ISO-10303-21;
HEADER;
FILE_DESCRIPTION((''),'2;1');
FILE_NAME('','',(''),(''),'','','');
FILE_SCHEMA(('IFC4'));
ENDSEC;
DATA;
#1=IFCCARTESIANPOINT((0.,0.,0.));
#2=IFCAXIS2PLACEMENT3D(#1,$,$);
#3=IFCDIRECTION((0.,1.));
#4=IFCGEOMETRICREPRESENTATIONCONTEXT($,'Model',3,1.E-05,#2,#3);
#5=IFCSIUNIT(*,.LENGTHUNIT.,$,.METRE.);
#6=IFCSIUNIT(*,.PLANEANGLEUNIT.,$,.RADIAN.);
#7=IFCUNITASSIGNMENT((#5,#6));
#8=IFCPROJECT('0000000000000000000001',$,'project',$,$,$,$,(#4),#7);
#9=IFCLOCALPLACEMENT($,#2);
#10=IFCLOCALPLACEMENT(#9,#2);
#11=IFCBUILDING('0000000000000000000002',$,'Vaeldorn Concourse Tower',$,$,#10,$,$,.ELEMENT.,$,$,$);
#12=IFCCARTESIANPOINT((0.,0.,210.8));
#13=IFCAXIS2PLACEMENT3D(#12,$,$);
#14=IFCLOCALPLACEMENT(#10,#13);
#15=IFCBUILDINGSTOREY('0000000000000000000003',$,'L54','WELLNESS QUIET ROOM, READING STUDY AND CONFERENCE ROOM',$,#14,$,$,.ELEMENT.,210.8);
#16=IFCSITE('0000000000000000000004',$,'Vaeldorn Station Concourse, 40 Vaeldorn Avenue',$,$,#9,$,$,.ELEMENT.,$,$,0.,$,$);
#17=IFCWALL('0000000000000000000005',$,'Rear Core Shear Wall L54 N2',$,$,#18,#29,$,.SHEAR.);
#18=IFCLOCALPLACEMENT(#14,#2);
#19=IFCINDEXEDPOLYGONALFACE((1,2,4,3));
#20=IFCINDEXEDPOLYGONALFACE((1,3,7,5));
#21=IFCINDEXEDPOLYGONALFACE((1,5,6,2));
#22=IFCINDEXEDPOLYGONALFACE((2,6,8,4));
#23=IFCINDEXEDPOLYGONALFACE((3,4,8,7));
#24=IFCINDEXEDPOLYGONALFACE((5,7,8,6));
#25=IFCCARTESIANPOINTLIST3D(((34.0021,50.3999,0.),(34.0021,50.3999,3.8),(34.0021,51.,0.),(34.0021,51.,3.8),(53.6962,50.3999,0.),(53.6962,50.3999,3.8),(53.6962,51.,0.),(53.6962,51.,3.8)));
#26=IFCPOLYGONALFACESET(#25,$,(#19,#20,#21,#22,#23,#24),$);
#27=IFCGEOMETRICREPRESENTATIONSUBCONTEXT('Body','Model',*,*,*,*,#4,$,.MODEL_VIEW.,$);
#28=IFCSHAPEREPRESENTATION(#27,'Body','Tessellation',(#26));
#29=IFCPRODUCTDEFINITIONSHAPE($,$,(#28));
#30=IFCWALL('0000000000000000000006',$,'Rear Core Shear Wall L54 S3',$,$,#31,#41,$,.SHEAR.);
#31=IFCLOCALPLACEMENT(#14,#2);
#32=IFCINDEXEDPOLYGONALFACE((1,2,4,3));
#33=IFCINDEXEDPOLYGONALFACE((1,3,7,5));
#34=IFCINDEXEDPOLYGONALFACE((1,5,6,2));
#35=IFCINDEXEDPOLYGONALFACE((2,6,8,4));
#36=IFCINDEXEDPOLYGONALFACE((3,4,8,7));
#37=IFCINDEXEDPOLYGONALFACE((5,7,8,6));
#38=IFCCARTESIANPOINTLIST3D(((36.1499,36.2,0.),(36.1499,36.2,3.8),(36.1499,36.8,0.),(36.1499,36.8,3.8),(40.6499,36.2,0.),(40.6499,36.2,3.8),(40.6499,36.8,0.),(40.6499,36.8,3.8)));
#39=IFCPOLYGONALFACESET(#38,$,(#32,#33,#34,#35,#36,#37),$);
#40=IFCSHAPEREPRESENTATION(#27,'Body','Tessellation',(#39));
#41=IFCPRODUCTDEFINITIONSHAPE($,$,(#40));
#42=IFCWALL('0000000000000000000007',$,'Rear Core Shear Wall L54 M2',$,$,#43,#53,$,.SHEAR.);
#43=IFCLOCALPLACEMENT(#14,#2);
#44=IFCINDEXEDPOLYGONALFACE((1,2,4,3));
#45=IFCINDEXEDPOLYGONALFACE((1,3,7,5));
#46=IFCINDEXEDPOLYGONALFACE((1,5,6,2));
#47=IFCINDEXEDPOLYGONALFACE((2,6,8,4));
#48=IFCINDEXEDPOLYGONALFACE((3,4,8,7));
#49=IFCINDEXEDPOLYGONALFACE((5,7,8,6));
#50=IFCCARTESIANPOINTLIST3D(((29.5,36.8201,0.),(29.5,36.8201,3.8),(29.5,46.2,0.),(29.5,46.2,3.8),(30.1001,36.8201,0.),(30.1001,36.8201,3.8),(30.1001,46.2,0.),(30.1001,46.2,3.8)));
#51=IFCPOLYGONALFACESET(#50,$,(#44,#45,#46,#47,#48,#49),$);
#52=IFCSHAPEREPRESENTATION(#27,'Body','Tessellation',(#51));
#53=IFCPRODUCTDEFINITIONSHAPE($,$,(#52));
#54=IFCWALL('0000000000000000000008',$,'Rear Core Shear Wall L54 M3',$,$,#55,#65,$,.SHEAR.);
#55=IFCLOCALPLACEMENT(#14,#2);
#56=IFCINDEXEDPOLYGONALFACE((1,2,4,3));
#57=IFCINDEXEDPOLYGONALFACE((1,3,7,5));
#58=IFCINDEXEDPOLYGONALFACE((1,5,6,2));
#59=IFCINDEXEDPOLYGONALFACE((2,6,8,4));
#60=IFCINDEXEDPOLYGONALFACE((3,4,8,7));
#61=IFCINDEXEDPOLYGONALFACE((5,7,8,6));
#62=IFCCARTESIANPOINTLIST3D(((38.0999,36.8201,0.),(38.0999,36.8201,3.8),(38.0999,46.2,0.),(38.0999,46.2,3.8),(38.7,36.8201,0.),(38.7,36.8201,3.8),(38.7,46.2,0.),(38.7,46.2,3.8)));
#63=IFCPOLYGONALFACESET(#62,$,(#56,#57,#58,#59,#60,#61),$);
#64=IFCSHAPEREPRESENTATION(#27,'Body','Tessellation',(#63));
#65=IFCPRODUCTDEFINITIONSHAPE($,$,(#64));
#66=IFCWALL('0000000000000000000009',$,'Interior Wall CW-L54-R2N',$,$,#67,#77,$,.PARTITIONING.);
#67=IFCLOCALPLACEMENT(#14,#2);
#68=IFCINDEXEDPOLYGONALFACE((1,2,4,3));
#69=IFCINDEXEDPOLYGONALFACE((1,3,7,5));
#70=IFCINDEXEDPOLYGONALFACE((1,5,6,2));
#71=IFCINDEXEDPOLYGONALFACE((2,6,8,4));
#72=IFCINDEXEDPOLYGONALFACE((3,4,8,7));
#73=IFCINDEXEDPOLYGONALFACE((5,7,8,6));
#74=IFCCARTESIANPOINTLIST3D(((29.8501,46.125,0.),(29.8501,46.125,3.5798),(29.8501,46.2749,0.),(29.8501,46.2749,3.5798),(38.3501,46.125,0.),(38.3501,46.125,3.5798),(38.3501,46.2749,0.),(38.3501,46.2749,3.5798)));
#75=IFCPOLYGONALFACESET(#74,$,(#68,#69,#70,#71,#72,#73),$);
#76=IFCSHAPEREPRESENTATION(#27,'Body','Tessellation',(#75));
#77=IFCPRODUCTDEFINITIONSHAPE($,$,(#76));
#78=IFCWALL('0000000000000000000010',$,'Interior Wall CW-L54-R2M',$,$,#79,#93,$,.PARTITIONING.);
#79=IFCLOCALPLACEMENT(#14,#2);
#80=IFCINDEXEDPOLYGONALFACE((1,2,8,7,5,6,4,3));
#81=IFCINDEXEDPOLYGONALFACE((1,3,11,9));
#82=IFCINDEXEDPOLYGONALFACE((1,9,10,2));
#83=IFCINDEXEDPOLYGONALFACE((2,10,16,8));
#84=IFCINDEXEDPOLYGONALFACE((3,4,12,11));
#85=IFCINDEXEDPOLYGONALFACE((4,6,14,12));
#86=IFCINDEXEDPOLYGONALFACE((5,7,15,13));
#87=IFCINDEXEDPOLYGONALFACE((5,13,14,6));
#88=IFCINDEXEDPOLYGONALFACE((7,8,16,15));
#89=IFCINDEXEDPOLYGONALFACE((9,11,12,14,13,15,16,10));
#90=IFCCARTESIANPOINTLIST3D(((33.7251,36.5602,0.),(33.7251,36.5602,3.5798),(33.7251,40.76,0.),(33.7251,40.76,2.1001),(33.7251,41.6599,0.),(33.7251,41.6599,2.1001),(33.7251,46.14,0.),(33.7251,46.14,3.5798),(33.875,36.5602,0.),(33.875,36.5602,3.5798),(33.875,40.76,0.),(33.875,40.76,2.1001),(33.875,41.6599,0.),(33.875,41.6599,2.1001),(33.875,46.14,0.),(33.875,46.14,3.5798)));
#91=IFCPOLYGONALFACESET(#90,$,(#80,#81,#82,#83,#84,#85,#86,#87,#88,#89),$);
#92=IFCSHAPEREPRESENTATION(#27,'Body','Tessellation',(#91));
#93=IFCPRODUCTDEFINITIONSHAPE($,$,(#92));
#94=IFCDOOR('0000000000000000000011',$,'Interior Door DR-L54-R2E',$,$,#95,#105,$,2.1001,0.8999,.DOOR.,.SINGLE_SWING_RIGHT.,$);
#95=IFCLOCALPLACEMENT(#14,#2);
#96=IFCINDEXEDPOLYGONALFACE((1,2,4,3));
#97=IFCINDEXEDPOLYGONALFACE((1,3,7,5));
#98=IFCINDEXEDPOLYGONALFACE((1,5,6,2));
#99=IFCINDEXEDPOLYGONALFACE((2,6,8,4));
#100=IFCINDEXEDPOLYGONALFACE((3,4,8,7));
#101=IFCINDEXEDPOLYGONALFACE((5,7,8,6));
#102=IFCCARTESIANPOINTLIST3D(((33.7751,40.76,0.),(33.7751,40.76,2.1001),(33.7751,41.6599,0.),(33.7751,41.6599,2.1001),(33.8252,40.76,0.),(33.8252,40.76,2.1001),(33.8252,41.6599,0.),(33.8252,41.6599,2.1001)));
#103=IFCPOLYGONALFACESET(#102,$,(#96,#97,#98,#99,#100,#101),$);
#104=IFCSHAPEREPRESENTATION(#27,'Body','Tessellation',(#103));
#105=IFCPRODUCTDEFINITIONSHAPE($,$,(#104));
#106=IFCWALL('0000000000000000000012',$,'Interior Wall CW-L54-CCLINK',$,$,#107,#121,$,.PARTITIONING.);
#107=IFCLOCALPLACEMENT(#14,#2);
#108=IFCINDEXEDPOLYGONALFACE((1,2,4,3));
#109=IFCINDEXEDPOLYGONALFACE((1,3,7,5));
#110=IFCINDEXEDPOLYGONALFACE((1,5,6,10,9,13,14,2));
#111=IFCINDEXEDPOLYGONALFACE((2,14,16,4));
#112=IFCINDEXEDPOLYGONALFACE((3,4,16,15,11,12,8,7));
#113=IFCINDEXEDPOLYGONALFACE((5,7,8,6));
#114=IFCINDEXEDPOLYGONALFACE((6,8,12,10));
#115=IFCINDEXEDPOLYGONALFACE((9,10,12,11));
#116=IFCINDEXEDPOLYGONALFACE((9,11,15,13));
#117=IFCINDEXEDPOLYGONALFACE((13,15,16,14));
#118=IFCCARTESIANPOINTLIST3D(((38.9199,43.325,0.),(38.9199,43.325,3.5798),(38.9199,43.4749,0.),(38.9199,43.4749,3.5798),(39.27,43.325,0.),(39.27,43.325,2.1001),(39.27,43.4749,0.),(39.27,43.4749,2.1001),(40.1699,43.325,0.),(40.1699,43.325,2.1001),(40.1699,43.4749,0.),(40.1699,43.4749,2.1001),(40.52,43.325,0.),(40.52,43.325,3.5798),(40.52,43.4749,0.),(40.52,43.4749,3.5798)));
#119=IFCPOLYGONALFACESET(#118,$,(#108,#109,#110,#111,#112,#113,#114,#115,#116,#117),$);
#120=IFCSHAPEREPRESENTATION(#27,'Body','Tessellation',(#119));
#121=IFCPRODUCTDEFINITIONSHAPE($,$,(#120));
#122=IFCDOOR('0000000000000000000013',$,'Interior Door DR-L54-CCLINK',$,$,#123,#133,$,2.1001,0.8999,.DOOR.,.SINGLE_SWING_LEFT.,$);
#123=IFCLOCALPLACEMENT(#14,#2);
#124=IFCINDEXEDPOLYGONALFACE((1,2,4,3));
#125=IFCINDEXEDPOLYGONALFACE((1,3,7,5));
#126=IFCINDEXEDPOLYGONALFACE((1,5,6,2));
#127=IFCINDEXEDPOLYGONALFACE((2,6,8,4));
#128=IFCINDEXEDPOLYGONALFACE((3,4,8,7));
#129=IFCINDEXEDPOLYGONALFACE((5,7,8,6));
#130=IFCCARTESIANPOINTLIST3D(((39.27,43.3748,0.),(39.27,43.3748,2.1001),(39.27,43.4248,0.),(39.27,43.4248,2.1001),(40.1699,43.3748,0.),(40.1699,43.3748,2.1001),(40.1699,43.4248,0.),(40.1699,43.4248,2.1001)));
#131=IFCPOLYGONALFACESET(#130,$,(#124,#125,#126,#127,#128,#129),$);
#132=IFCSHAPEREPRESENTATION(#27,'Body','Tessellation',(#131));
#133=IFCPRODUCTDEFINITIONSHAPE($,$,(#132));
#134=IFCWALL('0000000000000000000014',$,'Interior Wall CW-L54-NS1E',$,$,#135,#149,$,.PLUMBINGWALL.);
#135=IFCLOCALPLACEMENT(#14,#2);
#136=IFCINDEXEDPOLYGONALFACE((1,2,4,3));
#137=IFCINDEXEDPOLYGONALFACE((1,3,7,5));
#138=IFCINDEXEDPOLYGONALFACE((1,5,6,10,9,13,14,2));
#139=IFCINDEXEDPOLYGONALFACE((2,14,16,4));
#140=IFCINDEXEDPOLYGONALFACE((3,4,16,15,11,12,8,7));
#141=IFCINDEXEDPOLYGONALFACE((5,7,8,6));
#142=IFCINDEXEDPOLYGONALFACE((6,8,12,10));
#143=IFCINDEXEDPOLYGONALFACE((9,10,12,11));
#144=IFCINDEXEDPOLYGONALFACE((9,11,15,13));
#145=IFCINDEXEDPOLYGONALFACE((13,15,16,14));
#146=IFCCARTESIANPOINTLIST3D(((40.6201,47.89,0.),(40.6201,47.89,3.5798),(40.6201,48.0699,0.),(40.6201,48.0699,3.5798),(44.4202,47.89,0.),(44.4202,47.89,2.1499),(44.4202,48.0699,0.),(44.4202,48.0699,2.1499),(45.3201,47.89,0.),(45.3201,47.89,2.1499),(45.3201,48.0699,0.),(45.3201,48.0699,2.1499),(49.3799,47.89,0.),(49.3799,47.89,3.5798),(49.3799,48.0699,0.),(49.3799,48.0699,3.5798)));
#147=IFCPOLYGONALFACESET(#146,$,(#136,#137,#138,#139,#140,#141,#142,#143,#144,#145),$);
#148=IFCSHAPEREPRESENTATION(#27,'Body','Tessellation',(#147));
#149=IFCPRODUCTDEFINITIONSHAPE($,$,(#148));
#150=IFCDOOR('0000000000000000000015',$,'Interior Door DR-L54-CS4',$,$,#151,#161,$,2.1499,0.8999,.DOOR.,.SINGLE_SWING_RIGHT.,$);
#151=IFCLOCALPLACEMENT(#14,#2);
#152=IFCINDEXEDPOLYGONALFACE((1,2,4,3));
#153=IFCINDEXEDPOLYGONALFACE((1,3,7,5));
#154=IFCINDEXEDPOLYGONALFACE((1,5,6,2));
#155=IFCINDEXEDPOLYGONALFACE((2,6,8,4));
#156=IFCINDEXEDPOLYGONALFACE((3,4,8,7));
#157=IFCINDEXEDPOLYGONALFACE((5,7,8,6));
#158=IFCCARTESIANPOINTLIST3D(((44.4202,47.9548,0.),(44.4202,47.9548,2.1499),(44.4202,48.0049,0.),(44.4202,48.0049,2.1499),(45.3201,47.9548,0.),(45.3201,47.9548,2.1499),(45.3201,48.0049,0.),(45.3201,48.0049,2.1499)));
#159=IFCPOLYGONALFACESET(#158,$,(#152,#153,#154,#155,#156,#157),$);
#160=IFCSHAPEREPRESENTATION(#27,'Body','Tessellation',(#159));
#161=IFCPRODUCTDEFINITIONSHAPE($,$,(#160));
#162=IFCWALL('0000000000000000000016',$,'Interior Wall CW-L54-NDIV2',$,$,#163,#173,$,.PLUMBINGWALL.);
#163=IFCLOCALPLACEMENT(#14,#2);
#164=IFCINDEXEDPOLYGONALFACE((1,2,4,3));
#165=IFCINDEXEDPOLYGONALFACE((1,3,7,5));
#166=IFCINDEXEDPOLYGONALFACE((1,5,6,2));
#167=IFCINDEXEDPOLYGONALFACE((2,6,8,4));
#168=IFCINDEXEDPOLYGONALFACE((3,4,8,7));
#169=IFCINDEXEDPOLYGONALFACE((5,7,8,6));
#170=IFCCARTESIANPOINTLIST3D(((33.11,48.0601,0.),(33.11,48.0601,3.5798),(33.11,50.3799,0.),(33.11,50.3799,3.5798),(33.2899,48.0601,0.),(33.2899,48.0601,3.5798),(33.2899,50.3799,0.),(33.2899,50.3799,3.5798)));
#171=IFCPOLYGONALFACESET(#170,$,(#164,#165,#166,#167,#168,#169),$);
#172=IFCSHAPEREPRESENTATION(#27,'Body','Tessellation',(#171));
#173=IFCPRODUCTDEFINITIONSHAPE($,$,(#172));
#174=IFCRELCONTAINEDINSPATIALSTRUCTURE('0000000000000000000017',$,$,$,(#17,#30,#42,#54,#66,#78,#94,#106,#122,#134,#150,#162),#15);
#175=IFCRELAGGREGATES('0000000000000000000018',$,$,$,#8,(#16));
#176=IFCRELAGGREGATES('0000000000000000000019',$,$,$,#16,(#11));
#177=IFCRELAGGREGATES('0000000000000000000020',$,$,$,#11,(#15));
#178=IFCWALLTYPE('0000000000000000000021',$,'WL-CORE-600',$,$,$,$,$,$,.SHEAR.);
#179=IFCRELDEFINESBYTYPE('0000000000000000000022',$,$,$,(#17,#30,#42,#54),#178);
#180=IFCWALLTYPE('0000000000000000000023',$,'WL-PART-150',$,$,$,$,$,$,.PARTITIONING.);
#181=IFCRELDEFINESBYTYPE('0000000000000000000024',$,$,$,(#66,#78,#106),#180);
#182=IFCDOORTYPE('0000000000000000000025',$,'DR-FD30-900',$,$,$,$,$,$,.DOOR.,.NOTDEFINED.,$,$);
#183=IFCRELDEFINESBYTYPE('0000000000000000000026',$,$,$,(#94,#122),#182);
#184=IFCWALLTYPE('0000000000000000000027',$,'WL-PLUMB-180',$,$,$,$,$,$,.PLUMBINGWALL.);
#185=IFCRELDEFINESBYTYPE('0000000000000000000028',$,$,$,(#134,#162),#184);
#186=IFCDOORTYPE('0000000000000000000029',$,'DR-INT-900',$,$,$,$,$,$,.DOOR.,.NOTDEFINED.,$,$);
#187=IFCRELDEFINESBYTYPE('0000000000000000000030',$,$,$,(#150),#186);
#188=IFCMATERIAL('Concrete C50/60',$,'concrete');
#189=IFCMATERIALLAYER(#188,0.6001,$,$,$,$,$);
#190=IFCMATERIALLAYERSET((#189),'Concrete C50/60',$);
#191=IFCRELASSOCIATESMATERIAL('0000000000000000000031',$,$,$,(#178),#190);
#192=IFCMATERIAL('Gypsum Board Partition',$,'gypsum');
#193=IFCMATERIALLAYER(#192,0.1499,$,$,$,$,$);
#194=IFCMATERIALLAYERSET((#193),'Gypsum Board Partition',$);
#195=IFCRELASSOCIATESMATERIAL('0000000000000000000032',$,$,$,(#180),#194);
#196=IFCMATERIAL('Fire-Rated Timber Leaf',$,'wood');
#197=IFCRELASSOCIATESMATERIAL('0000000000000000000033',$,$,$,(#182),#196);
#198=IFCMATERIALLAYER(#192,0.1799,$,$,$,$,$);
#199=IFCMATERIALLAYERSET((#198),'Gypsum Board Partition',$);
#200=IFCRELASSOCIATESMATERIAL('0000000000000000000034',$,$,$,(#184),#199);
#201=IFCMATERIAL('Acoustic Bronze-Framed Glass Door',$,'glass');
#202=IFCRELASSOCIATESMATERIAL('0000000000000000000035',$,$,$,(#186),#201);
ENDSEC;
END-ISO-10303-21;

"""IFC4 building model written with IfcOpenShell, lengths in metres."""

from ifc_helpers import new_model, si_unit, direction, frame, frame_2d, origin, place, context, subcontext, project, spatial, rectangle, extrude, source, transform, mapped, material, layer, layer_set, type_object, element, fill, save


model = new_model("IFC4")

# Units and contexts
model_context = context("Model", 3, precision=1e-05, world=origin(), true_north=direction((0.0, 1.0)))
body_context = subcontext(model_context, "Body", "Model", "MODEL_VIEW")
ifc_project = project(units=[si_unit("LENGTHUNIT", "METRE"), si_unit("PLANEANGLEUNIT", "RADIAN")], contexts=[model_context])

# Site, building, storey
site_placement = place(None, origin())
site = spatial("IfcSite", under=ifc_project, at=site_placement, Name="Vaeldorn Station Concourse, 40 Vaeldorn Avenue", CompositionType="ELEMENT", RefElevation=0.0)
building_placement = place(site_placement, origin())
building = spatial("IfcBuilding", under=site, at=building_placement, Name="Vaeldorn Concourse Tower", CompositionType="ELEMENT")
storey_placement = place(building_placement, frame((0.0, 0.0, 210.8)))
storey = spatial("IfcBuildingStorey", under=building, at=storey_placement, Name="L54", Description="WELLNESS QUIET ROOM, READING STUDY AND CONFERENCE ROOM", CompositionType="ELEMENT", Elevation=210.8)

# Walls
ifc_material_1 = material(Name="Concrete C50/60", Category="concrete")
ifc_layer_1 = layer(ifc_material_1, 0.6001)
ifc_layer_set_1 = layer_set([ifc_layer_1], Name="Concrete C50/60")
wall_type_1 = type_object("IfcWallType", Name="WL-CORE-600", PredefinedType="SHEAR", material=ifc_layer_set_1)
wall_1_placement = place(storey_placement, frame((34.002, 50.7, 0.0), z_axis=(0.0, 0.0, 1.0), x_axis=(1.0, 0.0, 0.0)))
element("IfcWall", 1, at=wall_1_placement, inside=storey, type_object=wall_type_1, Name="Rear Core Shear Wall L54 N2", PredefinedType="SHEAR", context=body_context, shape_type="SweptSolid", body=[
    extrude(rectangle(XDim=19.6941, YDim=0.6001, at=frame_2d((9.8472, 0.0))), origin(), (0.0, 0.0, 1.0), 3.8),
])
wall_2_placement = place(storey_placement, frame((36.1499, 36.5, 0.0), z_axis=(0.0, 0.0, 1.0), x_axis=(1.0, 0.0, 0.0)))
element("IfcWall", 2, at=wall_2_placement, inside=storey, type_object=wall_type_1, Name="Rear Core Shear Wall L54 S3", PredefinedType="SHEAR", context=body_context, shape_type="SweptSolid", body=[
    extrude(rectangle(XDim=4.5, YDim=0.6001, at=frame_2d((2.25, 0.0))), origin(), (0.0, 0.0, 1.0), 3.8),
])
for number, where, z_axis, x_axis, name in (
    (3, (29.8, 36.8201, 0.0), (0.0, 0.0, 1.0), (0.0, 1.0, 0.0), "Rear Core Shear Wall L54 M2"),
    (4, (38.3999, 36.8201, 0.0), (0.0, 0.0, 1.0), (0.0, 1.0, 0.0), "Rear Core Shear Wall L54 M3"),
):
    element("IfcWall", number, at=place(storey_placement, frame(where, z_axis=z_axis, x_axis=x_axis)), inside=storey, type_object=wall_type_1, Name=name, PredefinedType="SHEAR", context=body_context, shape_type="SweptSolid", body=[
        extrude(rectangle(XDim=9.3799, YDim=0.6001, at=frame_2d((4.6899, 0.0))), origin(), (0.0, 0.0, 1.0), 3.8),
    ])
ifc_material_2 = material(Name="Gypsum Board Partition", Category="gypsum")
ifc_layer_2 = layer(ifc_material_2, 0.1499)
ifc_layer_set_2 = layer_set([ifc_layer_2], Name="Gypsum Board Partition")
wall_type_2 = type_object("IfcWallType", Name="WL-PART-150", PredefinedType="PARTITIONING", material=ifc_layer_set_2)
wall_3_placement = place(storey_placement, frame((29.8501, 46.2, 0.0), z_axis=(0.0, 0.0, 1.0), x_axis=(1.0, 0.0, 0.0)))
element("IfcWall", 5, at=wall_3_placement, inside=storey, type_object=wall_type_2, Name="Interior Wall CW-L54-R2N", PredefinedType="PARTITIONING", context=body_context, shape_type="SweptSolid", body=[
    extrude(rectangle(XDim=8.5, YDim=0.1499, at=frame_2d((4.25, 0.0))), origin(), (0.0, 0.0, 1.0), 3.5798),
])

# Walls, openings, doors
wall_4_placement = place(storey_placement, frame((33.8, 36.5601, 0.0), z_axis=(0.0, 0.0, 1.0), x_axis=(0.0, 1.0, 0.0)))
wall_4 = element("IfcWall", 6, at=wall_4_placement, inside=storey, type_object=wall_type_2, Name="Interior Wall CW-L54-R2M", PredefinedType="PARTITIONING", context=body_context, shape_type="SweptSolid", body=[
    extrude(rectangle(XDim=9.5798, YDim=0.1499, at=frame_2d((4.79, 0.0))), origin(), (0.0, 0.0, 1.0), 3.5798),
])
opening_1_placement = place(wall_4_placement, frame((4.2, 0.0, 0.0)))
opening_1 = element("IfcOpeningElement", 7, at=opening_1_placement, cuts=wall_4, PredefinedType="OPENING", context=body_context, shape_type="SweptSolid", body=[
    extrude(rectangle(XDim=0.8999, YDim=2.1001, at=frame_2d((0.45, 1.05))), frame((0.0, 0.085, 0.0), z_axis=(0.0, -1.0, 0.0), x_axis=(1.0, 0.0, 0.0)), (0.0, 0.0, 1.0), 0.1699),
])
ifc_material_3 = material(Name="Fire-Rated Timber Leaf", Category="wood")
door_type_1 = type_object("IfcDoorType", Name="DR-FD30-900", OperationType="NOTDEFINED", PredefinedType="DOOR", material=ifc_material_3)
shared_shape_1 = source(origin(), body_context, "Body", "SweptSolid", [
    extrude(rectangle(XDim=0.8999, YDim=2.1001, at=frame_2d((0.45, 1.05))), frame((0.0, 0.0249, 0.0), z_axis=(0.0, -1.0, 0.0), x_axis=(1.0, 0.0, 0.0)), (0.0, 0.0, 1.0), 0.05),
])
door_1_placement = place(opening_1_placement, origin())
door_1 = element("IfcDoor", 8, at=door_1_placement, inside=storey, type_object=door_type_1, Name="Interior Door DR-L54-R2E", OperationType="SINGLE_SWING_RIGHT", OverallHeight=2.1001, OverallWidth=0.8999, PredefinedType="DOOR", context=body_context, shape_type="MappedRepresentation", body=[
    mapped(shared_shape_1, transform((0.0, 0.0, 0.0), scale=1.0)),
])
fill(opening_1, door_1)
wall_5_placement = place(storey_placement, frame((38.9199, 43.3999, 0.0), z_axis=(0.0, 0.0, 1.0), x_axis=(1.0, 0.0, 0.0)))
wall_5 = element("IfcWall", 9, at=wall_5_placement, inside=storey, type_object=wall_type_2, Name="Interior Wall CW-L54-CCLINK", PredefinedType="PARTITIONING", context=body_context, shape_type="SweptSolid", body=[
    extrude(rectangle(XDim=1.6001, YDim=0.1499, at=frame_2d((0.8, 0.0))), origin(), (0.0, 0.0, 1.0), 3.5798),
])
opening_2_placement = place(wall_5_placement, frame((0.3501, 0.0, 0.0)))
opening_2 = element("IfcOpeningElement", 10, at=opening_2_placement, cuts=wall_5, PredefinedType="OPENING", context=body_context, shape_type="SweptSolid", body=[
    extrude(rectangle(XDim=0.8999, YDim=2.1001, at=frame_2d((0.45, 1.05))), frame((0.0, 0.085, 0.0), z_axis=(0.0, -1.0, 0.0), x_axis=(1.0, 0.0, 0.0)), (0.0, 0.0, 1.0), 0.1699),
])
door_2_placement = place(opening_2_placement, origin())
door_2 = element("IfcDoor", 11, at=door_2_placement, inside=storey, type_object=door_type_1, Name="Interior Door DR-L54-CCLINK", OperationType="SINGLE_SWING_LEFT", OverallHeight=2.1001, OverallWidth=0.8999, PredefinedType="DOOR", context=body_context, shape_type="MappedRepresentation", body=[
    mapped(shared_shape_1, transform((0.0, 0.0, 0.0), scale=1.0)),
])
fill(opening_2, door_2)
ifc_layer_3 = layer(ifc_material_2, 0.1799)
ifc_layer_set_3 = layer_set([ifc_layer_3], Name="Gypsum Board Partition")
wall_type_3 = type_object("IfcWallType", Name="WL-PLUMB-180", PredefinedType="PLUMBINGWALL", material=ifc_layer_set_3)
wall_6_placement = place(storey_placement, frame((40.6201, 47.98, 0.0), z_axis=(0.0, 0.0, 1.0), x_axis=(1.0, 0.0, 0.0)))
wall_6 = element("IfcWall", 12, at=wall_6_placement, inside=storey, type_object=wall_type_3, Name="Interior Wall CW-L54-NS1E", PredefinedType="PLUMBINGWALL", context=body_context, shape_type="SweptSolid", body=[
    extrude(rectangle(XDim=8.7598, YDim=0.1799, at=frame_2d((4.3799, 0.0))), origin(), (0.0, 0.0, 1.0), 3.5798),
])
opening_3_placement = place(wall_6_placement, frame((3.8, 0.0, 0.0)))
opening_3 = element("IfcOpeningElement", 13, at=opening_3_placement, cuts=wall_6, PredefinedType="OPENING", context=body_context, shape_type="SweptSolid", body=[
    extrude(rectangle(XDim=0.8999, YDim=2.1499, at=frame_2d((0.45, 1.075))), frame((0.0, 0.1001, 0.0), z_axis=(0.0, -1.0, 0.0), x_axis=(1.0, 0.0, 0.0)), (0.0, 0.0, 1.0), 0.2),
])
ifc_material_4 = material(Name="Acoustic Bronze-Framed Glass Door", Category="glass")
door_type_2 = type_object("IfcDoorType", Name="DR-INT-900", OperationType="NOTDEFINED", PredefinedType="DOOR", material=ifc_material_4)
shared_shape_2 = source(origin(), body_context, "Body", "SweptSolid", [
    extrude(rectangle(XDim=0.8999, YDim=2.1499, at=frame_2d((0.45, 1.075))), frame((0.0, 0.0249, 0.0), z_axis=(0.0, -1.0, 0.0), x_axis=(1.0, 0.0, 0.0)), (0.0, 0.0, 1.0), 0.05),
])
door_3_placement = place(opening_3_placement, origin())
door_3 = element("IfcDoor", 14, at=door_3_placement, inside=storey, type_object=door_type_2, Name="Interior Door DR-L54-CS4", OperationType="SINGLE_SWING_RIGHT", OverallHeight=2.1499, OverallWidth=0.8999, PredefinedType="DOOR", context=body_context, shape_type="MappedRepresentation", body=[
    mapped(shared_shape_2, transform((0.0, 0.0, 0.0), scale=1.0)),
])
fill(opening_3, door_3)

# Wall
for number, where, z_axis, x_axis, name in (
    (15, (33.2, 48.0601, 0.0), (0.0, 0.0, 1.0), (0.0, 1.0, 0.0), "Interior Wall CW-L54-NDIV2"),
):
    element("IfcWall", number, at=place(storey_placement, frame(where, z_axis=z_axis, x_axis=x_axis)), inside=storey, type_object=wall_type_3, Name=name, PredefinedType="PLUMBINGWALL", context=body_context, shape_type="SweptSolid", body=[
        extrude(rectangle(XDim=2.3198, YDim=0.1799, at=frame_2d((1.1599, 0.0))), origin(), (0.0, 0.0, 1.0), 3.5798),
    ])

save(model, "model.ifc")
